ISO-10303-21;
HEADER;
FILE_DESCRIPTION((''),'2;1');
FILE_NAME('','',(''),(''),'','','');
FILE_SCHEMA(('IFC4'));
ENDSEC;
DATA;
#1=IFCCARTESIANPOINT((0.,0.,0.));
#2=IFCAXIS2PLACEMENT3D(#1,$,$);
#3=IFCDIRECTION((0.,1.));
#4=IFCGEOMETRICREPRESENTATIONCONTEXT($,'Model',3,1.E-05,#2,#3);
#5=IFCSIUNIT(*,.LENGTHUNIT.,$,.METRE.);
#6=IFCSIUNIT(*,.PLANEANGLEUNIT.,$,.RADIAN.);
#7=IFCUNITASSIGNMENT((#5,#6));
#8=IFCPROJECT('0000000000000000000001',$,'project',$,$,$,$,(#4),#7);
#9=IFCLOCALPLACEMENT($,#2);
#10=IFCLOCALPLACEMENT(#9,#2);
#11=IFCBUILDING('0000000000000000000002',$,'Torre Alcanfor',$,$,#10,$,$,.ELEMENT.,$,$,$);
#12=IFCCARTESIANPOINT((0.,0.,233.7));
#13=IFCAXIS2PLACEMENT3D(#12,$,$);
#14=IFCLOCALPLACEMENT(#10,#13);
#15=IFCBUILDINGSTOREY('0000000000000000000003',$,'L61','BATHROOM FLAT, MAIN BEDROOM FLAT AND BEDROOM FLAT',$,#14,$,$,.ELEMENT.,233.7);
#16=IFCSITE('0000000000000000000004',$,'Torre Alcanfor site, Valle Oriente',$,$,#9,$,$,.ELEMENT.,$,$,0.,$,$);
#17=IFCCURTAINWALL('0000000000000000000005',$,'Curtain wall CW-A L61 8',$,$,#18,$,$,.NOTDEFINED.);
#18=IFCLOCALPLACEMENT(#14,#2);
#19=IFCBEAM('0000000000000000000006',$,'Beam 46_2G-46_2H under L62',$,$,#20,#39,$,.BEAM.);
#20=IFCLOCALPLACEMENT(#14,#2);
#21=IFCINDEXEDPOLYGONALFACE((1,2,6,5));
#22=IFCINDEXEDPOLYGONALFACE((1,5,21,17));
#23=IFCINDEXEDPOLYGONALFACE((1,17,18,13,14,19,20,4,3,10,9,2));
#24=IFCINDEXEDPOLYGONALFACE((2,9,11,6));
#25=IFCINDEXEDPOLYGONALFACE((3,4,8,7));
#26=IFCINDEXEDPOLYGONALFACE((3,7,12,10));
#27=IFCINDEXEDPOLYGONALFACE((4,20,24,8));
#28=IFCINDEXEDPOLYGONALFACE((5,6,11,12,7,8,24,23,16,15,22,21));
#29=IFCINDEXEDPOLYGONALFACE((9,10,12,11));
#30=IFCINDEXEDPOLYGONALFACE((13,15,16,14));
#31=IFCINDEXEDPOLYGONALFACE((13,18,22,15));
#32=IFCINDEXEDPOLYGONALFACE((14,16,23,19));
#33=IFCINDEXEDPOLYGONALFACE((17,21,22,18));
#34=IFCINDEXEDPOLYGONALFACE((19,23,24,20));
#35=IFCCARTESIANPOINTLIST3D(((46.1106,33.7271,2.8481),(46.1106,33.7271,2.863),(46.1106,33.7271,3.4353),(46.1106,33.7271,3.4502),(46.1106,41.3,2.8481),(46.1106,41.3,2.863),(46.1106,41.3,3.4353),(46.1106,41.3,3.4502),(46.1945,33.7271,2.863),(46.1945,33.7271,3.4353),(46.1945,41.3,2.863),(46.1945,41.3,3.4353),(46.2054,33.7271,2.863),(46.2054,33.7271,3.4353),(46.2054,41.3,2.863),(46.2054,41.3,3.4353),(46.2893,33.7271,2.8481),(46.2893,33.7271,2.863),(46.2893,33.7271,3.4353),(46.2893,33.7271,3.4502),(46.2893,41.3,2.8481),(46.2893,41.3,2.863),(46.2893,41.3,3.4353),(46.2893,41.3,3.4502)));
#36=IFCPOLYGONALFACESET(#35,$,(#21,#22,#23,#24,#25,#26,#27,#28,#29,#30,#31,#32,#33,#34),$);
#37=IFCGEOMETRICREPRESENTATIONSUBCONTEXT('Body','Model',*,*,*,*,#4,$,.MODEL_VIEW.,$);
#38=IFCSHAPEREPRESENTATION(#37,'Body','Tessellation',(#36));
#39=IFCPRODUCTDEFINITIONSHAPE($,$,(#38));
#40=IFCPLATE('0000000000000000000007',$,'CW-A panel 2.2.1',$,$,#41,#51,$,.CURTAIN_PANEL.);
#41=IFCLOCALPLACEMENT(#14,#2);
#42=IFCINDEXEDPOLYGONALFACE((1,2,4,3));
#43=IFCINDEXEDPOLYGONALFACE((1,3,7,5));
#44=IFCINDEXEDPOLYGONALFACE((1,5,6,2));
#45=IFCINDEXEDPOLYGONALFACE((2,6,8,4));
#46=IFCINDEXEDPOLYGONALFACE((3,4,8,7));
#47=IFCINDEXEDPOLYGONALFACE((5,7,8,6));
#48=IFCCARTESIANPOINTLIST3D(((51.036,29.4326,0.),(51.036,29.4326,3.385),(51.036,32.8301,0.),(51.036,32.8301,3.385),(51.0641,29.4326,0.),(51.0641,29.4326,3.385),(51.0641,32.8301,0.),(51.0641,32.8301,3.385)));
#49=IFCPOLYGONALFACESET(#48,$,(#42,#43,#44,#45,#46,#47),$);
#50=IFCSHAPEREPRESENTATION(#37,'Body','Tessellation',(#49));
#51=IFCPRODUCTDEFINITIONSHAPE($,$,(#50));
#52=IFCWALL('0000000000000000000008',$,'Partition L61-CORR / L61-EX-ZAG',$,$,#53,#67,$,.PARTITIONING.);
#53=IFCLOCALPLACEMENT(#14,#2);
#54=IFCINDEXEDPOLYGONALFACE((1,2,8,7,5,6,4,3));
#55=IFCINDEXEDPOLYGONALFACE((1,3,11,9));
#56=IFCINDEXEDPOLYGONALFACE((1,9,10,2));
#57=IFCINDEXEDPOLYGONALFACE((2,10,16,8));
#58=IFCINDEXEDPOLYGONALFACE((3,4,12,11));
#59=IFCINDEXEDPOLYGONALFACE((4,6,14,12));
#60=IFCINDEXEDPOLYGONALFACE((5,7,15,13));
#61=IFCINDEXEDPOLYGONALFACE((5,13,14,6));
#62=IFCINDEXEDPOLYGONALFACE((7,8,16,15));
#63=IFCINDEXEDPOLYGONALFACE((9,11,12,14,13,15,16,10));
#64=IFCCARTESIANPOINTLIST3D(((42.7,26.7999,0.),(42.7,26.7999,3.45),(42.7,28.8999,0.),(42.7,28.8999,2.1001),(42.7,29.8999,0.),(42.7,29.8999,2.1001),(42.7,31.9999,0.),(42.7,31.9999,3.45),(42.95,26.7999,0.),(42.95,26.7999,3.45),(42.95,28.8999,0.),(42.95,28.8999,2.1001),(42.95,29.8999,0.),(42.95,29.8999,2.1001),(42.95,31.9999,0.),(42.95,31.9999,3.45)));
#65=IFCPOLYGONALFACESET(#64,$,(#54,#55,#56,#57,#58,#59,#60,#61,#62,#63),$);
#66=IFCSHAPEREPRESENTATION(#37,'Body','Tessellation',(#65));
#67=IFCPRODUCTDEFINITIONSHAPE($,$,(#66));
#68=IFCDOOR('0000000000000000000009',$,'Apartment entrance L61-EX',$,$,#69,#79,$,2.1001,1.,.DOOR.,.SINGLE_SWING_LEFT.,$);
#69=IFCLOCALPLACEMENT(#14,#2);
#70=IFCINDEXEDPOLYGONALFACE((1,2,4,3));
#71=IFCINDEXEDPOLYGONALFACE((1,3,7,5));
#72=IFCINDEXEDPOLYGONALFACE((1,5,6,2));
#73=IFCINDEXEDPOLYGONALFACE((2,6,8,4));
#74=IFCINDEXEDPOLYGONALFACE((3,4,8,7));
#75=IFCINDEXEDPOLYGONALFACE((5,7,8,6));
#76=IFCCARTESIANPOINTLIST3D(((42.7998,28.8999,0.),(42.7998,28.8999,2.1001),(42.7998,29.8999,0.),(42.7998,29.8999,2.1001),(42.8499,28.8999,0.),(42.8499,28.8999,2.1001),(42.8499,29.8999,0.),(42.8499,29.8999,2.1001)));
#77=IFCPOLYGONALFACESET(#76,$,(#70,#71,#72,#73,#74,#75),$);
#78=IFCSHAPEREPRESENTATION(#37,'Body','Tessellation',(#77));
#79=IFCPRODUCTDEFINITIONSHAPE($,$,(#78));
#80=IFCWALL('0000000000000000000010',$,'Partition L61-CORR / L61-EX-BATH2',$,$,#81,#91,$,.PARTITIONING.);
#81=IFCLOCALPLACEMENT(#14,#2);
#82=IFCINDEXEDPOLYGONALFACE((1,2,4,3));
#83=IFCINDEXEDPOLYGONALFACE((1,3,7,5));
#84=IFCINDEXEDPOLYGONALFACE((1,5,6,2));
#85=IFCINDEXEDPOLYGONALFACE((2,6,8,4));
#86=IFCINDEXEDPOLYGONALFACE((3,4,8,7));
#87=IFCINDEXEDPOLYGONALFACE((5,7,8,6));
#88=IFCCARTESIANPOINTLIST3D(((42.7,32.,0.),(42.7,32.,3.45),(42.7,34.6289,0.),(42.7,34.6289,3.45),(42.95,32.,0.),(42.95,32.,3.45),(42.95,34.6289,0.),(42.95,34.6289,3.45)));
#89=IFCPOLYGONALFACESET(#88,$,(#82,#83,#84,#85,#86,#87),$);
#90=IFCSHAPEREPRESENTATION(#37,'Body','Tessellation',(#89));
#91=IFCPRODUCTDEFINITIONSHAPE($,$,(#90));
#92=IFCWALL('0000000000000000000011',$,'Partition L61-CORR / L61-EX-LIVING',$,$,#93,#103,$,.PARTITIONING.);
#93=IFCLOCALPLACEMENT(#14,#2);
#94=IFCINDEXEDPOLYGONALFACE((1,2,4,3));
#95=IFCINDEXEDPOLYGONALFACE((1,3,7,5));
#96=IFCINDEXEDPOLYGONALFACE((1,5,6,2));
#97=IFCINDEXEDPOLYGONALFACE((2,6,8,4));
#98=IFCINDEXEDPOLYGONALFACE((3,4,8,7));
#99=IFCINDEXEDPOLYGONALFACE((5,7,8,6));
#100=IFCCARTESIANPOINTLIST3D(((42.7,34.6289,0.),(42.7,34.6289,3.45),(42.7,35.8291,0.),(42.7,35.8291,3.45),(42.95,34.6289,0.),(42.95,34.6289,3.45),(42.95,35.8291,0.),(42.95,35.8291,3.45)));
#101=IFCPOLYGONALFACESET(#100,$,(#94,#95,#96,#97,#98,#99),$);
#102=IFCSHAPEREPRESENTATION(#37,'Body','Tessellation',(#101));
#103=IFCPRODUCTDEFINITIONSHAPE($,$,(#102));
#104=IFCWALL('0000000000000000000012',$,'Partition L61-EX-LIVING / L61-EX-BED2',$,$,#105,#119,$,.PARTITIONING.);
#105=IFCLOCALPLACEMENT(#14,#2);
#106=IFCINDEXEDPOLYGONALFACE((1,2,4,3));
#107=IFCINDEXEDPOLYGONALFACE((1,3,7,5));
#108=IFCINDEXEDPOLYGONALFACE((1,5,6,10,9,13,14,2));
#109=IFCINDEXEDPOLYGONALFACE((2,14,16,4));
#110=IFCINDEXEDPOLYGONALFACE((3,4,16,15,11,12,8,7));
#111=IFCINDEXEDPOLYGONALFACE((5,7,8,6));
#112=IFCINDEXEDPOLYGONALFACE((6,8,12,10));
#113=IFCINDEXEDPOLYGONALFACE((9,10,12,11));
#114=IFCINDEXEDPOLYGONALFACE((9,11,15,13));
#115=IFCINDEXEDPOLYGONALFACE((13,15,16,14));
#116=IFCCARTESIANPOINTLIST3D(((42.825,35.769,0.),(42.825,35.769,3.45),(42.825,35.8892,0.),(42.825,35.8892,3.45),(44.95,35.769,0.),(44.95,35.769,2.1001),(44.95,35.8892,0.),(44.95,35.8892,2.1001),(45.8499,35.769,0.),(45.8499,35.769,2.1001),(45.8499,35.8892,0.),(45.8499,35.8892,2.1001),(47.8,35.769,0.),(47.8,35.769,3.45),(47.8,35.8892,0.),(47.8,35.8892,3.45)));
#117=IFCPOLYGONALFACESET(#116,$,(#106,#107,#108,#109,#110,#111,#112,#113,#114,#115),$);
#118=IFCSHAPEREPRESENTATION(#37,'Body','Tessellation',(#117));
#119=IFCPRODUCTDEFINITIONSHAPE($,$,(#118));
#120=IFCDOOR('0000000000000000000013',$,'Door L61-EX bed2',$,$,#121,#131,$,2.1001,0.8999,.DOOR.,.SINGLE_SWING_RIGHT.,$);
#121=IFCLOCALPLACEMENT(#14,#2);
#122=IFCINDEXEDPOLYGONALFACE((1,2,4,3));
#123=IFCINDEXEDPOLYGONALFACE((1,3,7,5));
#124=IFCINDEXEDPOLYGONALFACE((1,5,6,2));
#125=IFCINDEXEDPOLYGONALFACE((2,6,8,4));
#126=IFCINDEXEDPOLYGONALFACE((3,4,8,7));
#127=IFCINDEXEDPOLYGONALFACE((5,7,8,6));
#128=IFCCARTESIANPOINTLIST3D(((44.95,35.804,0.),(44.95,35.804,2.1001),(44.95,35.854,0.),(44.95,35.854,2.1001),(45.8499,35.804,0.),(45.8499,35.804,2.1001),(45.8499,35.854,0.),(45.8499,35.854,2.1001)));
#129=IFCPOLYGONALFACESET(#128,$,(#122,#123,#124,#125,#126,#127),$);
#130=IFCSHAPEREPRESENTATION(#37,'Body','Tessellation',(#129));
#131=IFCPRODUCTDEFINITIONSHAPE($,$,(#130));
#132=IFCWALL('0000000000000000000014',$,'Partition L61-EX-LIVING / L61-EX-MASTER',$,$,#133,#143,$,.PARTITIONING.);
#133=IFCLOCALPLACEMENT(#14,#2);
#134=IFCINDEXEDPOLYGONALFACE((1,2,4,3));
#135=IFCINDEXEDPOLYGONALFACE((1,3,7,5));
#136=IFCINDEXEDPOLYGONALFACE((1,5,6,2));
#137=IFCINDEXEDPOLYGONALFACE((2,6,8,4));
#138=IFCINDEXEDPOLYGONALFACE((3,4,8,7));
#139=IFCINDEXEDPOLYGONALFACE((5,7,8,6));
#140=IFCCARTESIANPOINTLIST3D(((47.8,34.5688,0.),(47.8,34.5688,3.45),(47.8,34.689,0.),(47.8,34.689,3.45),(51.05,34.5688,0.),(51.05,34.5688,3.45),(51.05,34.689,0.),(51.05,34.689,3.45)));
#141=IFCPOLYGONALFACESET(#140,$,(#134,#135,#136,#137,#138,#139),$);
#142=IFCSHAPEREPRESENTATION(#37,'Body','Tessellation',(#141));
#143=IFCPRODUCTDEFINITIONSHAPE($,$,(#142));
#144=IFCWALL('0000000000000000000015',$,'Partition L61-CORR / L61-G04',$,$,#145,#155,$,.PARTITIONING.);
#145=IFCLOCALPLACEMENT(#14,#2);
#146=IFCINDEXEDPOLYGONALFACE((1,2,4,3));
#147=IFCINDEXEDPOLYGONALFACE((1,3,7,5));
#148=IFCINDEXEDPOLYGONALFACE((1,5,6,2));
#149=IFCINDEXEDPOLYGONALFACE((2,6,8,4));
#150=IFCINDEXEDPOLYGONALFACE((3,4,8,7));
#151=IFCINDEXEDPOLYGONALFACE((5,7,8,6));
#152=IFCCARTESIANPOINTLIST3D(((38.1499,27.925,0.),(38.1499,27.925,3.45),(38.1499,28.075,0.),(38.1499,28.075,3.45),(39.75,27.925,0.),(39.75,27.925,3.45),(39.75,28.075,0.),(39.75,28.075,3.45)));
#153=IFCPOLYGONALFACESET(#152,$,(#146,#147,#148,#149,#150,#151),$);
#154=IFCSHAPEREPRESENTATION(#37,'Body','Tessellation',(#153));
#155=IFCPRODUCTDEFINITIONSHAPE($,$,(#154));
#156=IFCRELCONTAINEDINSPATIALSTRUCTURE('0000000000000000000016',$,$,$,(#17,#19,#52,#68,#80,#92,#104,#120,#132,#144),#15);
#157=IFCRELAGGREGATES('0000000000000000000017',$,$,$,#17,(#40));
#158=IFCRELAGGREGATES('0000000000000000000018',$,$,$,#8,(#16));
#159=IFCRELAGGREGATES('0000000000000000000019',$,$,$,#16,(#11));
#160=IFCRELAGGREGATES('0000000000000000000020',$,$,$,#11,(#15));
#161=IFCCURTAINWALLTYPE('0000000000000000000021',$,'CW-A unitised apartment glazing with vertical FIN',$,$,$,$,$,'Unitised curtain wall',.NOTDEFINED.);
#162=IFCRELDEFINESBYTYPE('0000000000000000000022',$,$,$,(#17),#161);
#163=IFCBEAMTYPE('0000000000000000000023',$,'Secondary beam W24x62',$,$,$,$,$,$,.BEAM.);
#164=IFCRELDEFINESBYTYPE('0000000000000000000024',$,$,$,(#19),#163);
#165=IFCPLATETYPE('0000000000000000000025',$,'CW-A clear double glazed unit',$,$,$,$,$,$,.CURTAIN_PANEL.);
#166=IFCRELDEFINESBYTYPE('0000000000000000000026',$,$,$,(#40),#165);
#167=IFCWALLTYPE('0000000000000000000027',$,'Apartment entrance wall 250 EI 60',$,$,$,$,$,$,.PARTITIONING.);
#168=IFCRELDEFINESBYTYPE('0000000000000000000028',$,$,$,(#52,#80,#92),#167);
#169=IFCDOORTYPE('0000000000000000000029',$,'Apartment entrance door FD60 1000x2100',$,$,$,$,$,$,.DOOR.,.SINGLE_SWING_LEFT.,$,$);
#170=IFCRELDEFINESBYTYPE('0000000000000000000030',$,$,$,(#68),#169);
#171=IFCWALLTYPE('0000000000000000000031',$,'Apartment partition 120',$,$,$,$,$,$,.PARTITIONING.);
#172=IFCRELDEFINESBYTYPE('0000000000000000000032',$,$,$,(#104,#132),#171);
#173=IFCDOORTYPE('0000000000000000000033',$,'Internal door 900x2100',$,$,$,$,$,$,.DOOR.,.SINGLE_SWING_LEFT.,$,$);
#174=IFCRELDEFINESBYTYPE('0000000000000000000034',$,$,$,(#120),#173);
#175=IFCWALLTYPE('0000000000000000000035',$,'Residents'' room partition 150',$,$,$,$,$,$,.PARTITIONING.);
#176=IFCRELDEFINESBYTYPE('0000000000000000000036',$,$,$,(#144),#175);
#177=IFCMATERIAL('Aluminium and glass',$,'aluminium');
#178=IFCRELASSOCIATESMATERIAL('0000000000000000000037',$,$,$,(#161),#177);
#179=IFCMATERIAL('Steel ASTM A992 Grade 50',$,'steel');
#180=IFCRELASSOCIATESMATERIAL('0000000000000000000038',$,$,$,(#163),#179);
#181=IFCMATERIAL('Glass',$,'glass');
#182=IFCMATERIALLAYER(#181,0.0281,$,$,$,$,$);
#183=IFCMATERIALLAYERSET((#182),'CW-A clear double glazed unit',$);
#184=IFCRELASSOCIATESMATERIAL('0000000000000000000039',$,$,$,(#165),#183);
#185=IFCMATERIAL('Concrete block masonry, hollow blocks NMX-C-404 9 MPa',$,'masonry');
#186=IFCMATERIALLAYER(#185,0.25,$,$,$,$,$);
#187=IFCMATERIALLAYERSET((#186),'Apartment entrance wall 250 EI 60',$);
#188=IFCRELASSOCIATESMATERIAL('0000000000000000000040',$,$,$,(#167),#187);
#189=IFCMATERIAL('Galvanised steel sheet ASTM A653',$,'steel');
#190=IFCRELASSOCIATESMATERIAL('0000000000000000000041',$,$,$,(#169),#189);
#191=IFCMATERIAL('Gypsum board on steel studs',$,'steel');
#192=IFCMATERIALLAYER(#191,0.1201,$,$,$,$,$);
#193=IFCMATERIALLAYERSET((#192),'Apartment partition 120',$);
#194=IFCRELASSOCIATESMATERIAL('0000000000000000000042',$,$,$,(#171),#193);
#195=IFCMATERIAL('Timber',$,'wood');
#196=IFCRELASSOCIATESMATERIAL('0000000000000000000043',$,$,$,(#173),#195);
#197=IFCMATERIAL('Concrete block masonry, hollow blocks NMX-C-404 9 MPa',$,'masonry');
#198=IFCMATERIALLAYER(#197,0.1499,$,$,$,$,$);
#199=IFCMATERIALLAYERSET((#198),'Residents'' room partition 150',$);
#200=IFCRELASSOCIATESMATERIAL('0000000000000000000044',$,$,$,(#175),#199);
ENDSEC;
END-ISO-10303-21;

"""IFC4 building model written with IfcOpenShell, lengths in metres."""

from ifc_helpers import new_model, si_unit, direction, frame, frame_2d, origin, origin_2d, place, context, subcontext, project, spatial, rectangle, i_section, extrude, material, layer, layer_set, material_profile, profile_set, type_object, element, fill, aggregate, save


model = new_model("IFC4")

# Units and contexts
model_context = context("Model", 3, precision=1e-05, world=origin(), true_north=direction((0.0, 1.0)))
body_context = subcontext(model_context, "Body", "Model", "MODEL_VIEW")
ifc_project = project(units=[si_unit("LENGTHUNIT", "METRE"), si_unit("PLANEANGLEUNIT", "RADIAN")], contexts=[model_context])

# Site, building, storey
site_placement = place(None, origin())
site = spatial("IfcSite", under=ifc_project, at=site_placement, Name="Torre Alcanfor site, Valle Oriente", CompositionType="ELEMENT", RefElevation=0.0)
building_placement = place(site_placement, origin())
building = spatial("IfcBuilding", under=site, at=building_placement, Name="Torre Alcanfor", CompositionType="ELEMENT")
storey_placement = place(building_placement, frame((0.0, 0.0, 233.7)))
storey = spatial("IfcBuildingStorey", under=building, at=storey_placement, Name="L61", Description="BATHROOM FLAT, MAIN BEDROOM FLAT AND BEDROOM FLAT", CompositionType="ELEMENT", Elevation=233.7)

# Curtain wall
ifc_material_1 = material(Name="Aluminium and glass", Category="aluminium")
curtain_wall_type = type_object("IfcCurtainWallType", Name="CW-A unitised apartment glazing with vertical FIN", ElementType="Unitised curtain wall", PredefinedType="NOTDEFINED", material=ifc_material_1)
curtain_wall_placement = place(storey_placement, origin())
curtain_wall = element("IfcCurtainWall", 1, at=curtain_wall_placement, inside=storey, type_object=curtain_wall_type, Name="Curtain wall CW-A L61 8", PredefinedType="NOTDEFINED")

# Beam
ifc_material_2 = material(Name="Steel ASTM A992 Grade 50", Category="steel")
ifc_material_profile_1 = material_profile(ifc_material_2, i_section(OverallWidth=0.1787, OverallDepth=0.6021, WebThickness=0.011, FlangeThickness=0.0149, at=origin_2d()), Name="W24x62")
ifc_profile_set_1 = profile_set([ifc_material_profile_1], Name="Steel ASTM A992 Grade 50")
beam_type_1 = type_object("IfcBeamType", Name="Secondary beam W24x62", PredefinedType="BEAM", material=ifc_profile_set_1)
beam_1_placement = place(storey_placement, frame((46.2, 33.7271, 3.1492), z_axis=(0.0, 1.0, 0.0), x_axis=(-1.0, 0.0, 0.0)))
element("IfcBeam", 2, at=beam_1_placement, inside=storey, type_object=beam_type_1, Name="Beam 46_2G-46_2H under L62", PredefinedType="BEAM", context=body_context, shape_type="SweptSolid", body=[
    extrude(i_section(OverallWidth=0.1787, OverallDepth=0.6021, WebThickness=0.011, FlangeThickness=0.0149, at=origin_2d()), origin(), (0.0, 0.0, 1.0), 7.573),
])

# Plate
ifc_material_3 = material(Name="Glass", Category="glass")
ifc_layer_1 = layer(ifc_material_3, 0.0281)
ifc_layer_set_1 = layer_set([ifc_layer_1], Name="CW-A clear double glazed unit")
plate_type = type_object("IfcPlateType", Name="CW-A clear double glazed unit", PredefinedType="CURTAIN_PANEL", material=ifc_layer_set_1)
plate_placement = place(storey_placement, frame((51.05, 31.1313, 0.0), z_axis=(0.0, 0.0, 1.0), x_axis=(0.0, 1.0, 0.0)))
plate = element("IfcPlate", 3, at=plate_placement, type_object=plate_type, Name="CW-A panel 2.2.1", PredefinedType="CURTAIN_PANEL", context=body_context, shape_type="SweptSolid", body=[
    extrude(rectangle(XDim=3.3975, YDim=0.0281, at=origin_2d()), origin(), (0.0, 0.0, 1.0), 3.385),
])
aggregate(curtain_wall, [plate])

# Wall, opening, door
ifc_material_4 = material(Name="Concrete block masonry, hollow blocks NMX-C-404 9 MPa", Category="masonry")
ifc_layer_2 = layer(ifc_material_4, 0.25)
ifc_layer_set_2 = layer_set([ifc_layer_2], Name="Apartment entrance wall 250 EI 60")
wall_type_1 = type_object("IfcWallType", Name="Apartment entrance wall 250 EI 60", PredefinedType="PARTITIONING", material=ifc_layer_set_2)
wall_1_placement = place(storey_placement, frame((42.825, 32.0, 0.0), z_axis=(0.0, 0.0, 1.0), x_axis=(0.0, -1.0, 0.0)))
wall_1 = element("IfcWall", 4, at=wall_1_placement, inside=storey, type_object=wall_type_1, Name="Partition L61-CORR / L61-EX-ZAG", PredefinedType="PARTITIONING", context=body_context, shape_type="SweptSolid", body=[
    extrude(rectangle(XDim=5.2, YDim=0.25, at=frame_2d((2.6001, 0.0))), origin(), (0.0, 0.0, 1.0), 3.45),
])
opening_1_placement = place(wall_1_placement, frame((2.1001, 0.0, 0.0)))
opening_1 = element("IfcOpeningElement", 5, at=opening_1_placement, cuts=wall_1, PredefinedType="OPENING", context=body_context, shape_type="SweptSolid", body=[
    extrude(rectangle(XDim=1.0, YDim=2.1001, at=frame_2d((0.5, 1.05))), frame((0.0, 0.135, 0.0), z_axis=(0.0, -1.0, 0.0), x_axis=(1.0, 0.0, 0.0)), (0.0, 0.0, 1.0), 0.27),
])
ifc_material_5 = material(Name="Galvanised steel sheet ASTM A653", Category="steel")
door_type_1 = type_object("IfcDoorType", Name="Apartment entrance door FD60 1000x2100", OperationType="SINGLE_SWING_LEFT", PredefinedType="DOOR", material=ifc_material_5)
door_1_placement = place(opening_1_placement, origin())
door_1 = element("IfcDoor", 6, at=door_1_placement, inside=storey, type_object=door_type_1, Name="Apartment entrance L61-EX", OperationType="SINGLE_SWING_LEFT", OverallHeight=2.1001, OverallWidth=1.0, PredefinedType="DOOR", context=body_context, shape_type="SweptSolid", body=[
    extrude(rectangle(XDim=1.0, YDim=2.1001, at=frame_2d((0.5, 1.05))), frame((0.0, 0.0249, 0.0), z_axis=(0.0, -1.0, 0.0), x_axis=(1.0, 0.0, 0.0)), (0.0, 0.0, 1.0), 0.05),
])
fill(opening_1, door_1)

# Walls
wall_2_placement = place(storey_placement, frame((42.825, 34.6289, 0.0), z_axis=(0.0, 0.0, 1.0), x_axis=(0.0, -1.0, 0.0)))
element("IfcWall", 7, at=wall_2_placement, inside=storey, type_object=wall_type_1, Name="Partition L61-CORR / L61-EX-BATH2", PredefinedType="PARTITIONING", context=body_context, shape_type="SweptSolid", body=[
    extrude(rectangle(XDim=2.6289, YDim=0.25, at=frame_2d((1.3145, 0.0))), origin(), (0.0, 0.0, 1.0), 3.45),
])
wall_3_placement = place(storey_placement, frame((42.825, 35.8291, 0.0), z_axis=(0.0, 0.0, 1.0), x_axis=(0.0, -1.0, 0.0)))
element("IfcWall", 8, at=wall_3_placement, inside=storey, type_object=wall_type_1, Name="Partition L61-CORR / L61-EX-LIVING", PredefinedType="PARTITIONING", context=body_context, shape_type="SweptSolid", body=[
    extrude(rectangle(XDim=1.2002, YDim=0.25, at=frame_2d((0.6001, 0.0))), origin(), (0.0, 0.0, 1.0), 3.45),
])

# Wall, opening, door
ifc_material_6 = material(Name="Gypsum board on steel studs", Category="steel")
ifc_layer_3 = layer(ifc_material_6, 0.1201)
ifc_layer_set_3 = layer_set([ifc_layer_3], Name="Apartment partition 120")
wall_type_2 = type_object("IfcWallType", Name="Apartment partition 120", PredefinedType="PARTITIONING", material=ifc_layer_set_3)
wall_4_placement = place(storey_placement, frame((42.825, 35.8291, 0.0), z_axis=(0.0, 0.0, 1.0), x_axis=(1.0, 0.0, 0.0)))
wall_4 = element("IfcWall", 9, at=wall_4_placement, inside=storey, type_object=wall_type_2, Name="Partition L61-EX-LIVING / L61-EX-BED2", PredefinedType="PARTITIONING", context=body_context, shape_type="SweptSolid", body=[
    extrude(rectangle(XDim=4.9751, YDim=0.1201, at=frame_2d((2.4875, 0.0))), origin(), (0.0, 0.0, 1.0), 3.45),
])
opening_2_placement = place(wall_4_placement, frame((2.125, 0.0, 0.0)))
opening_2 = element("IfcOpeningElement", 10, at=opening_2_placement, cuts=wall_4, PredefinedType="OPENING", context=body_context, shape_type="SweptSolid", body=[
    extrude(rectangle(XDim=0.8999, YDim=2.1001, at=frame_2d((0.45, 1.05))), frame((0.0, 0.0701, 0.0), z_axis=(0.0, -1.0, 0.0), x_axis=(1.0, 0.0, 0.0)), (0.0, 0.0, 1.0), 0.1401),
])
ifc_material_7 = material(Name="Timber", Category="wood")
door_type_2 = type_object("IfcDoorType", Name="Internal door 900x2100", OperationType="SINGLE_SWING_LEFT", PredefinedType="DOOR", material=ifc_material_7)
door_2_placement = place(opening_2_placement, origin())
door_2 = element("IfcDoor", 11, at=door_2_placement, inside=storey, type_object=door_type_2, Name="Door L61-EX bed2", OperationType="SINGLE_SWING_RIGHT", OverallHeight=2.1001, OverallWidth=0.8999, PredefinedType="DOOR", context=body_context, shape_type="SweptSolid", body=[
    extrude(rectangle(XDim=0.8999, YDim=2.1001, at=frame_2d((0.45, 1.05))), frame((0.0, 0.0249, 0.0), z_axis=(0.0, -1.0, 0.0), x_axis=(1.0, 0.0, 0.0)), (0.0, 0.0, 1.0), 0.05),
])
fill(opening_2, door_2)

# Walls
wall_5_placement = place(storey_placement, frame((47.8, 34.6289, 0.0), z_axis=(0.0, 0.0, 1.0), x_axis=(1.0, 0.0, 0.0)))
element("IfcWall", 12, at=wall_5_placement, inside=storey, type_object=wall_type_2, Name="Partition L61-EX-LIVING / L61-EX-MASTER", PredefinedType="PARTITIONING", context=body_context, shape_type="SweptSolid", body=[
    extrude(rectangle(XDim=3.25, YDim=0.1201, at=frame_2d((1.625, 0.0))), origin(), (0.0, 0.0, 1.0), 3.45),
])
ifc_material_8 = material(Name="Concrete block masonry, hollow blocks NMX-C-404 9 MPa", Category="masonry")
ifc_layer_4 = layer(ifc_material_8, 0.1499)
ifc_layer_set_4 = layer_set([ifc_layer_4], Name="Residents' room partition 150")
wall_type_3 = type_object("IfcWallType", Name="Residents' room partition 150", PredefinedType="PARTITIONING", material=ifc_layer_set_4)
wall_6_placement = place(storey_placement, frame((38.1499, 28.0, 0.0), z_axis=(0.0, 0.0, 1.0), x_axis=(1.0, 0.0, 0.0)))
element("IfcWall", 13, at=wall_6_placement, inside=storey, type_object=wall_type_3, Name="Partition L61-CORR / L61-G04", PredefinedType="PARTITIONING", context=body_context, shape_type="SweptSolid", body=[
    extrude(rectangle(XDim=1.6001, YDim=0.1499, at=frame_2d((0.8, 0.0))), origin(), (0.0, 0.0, 1.0), 3.45),
])

save(model, "model.ifc")
